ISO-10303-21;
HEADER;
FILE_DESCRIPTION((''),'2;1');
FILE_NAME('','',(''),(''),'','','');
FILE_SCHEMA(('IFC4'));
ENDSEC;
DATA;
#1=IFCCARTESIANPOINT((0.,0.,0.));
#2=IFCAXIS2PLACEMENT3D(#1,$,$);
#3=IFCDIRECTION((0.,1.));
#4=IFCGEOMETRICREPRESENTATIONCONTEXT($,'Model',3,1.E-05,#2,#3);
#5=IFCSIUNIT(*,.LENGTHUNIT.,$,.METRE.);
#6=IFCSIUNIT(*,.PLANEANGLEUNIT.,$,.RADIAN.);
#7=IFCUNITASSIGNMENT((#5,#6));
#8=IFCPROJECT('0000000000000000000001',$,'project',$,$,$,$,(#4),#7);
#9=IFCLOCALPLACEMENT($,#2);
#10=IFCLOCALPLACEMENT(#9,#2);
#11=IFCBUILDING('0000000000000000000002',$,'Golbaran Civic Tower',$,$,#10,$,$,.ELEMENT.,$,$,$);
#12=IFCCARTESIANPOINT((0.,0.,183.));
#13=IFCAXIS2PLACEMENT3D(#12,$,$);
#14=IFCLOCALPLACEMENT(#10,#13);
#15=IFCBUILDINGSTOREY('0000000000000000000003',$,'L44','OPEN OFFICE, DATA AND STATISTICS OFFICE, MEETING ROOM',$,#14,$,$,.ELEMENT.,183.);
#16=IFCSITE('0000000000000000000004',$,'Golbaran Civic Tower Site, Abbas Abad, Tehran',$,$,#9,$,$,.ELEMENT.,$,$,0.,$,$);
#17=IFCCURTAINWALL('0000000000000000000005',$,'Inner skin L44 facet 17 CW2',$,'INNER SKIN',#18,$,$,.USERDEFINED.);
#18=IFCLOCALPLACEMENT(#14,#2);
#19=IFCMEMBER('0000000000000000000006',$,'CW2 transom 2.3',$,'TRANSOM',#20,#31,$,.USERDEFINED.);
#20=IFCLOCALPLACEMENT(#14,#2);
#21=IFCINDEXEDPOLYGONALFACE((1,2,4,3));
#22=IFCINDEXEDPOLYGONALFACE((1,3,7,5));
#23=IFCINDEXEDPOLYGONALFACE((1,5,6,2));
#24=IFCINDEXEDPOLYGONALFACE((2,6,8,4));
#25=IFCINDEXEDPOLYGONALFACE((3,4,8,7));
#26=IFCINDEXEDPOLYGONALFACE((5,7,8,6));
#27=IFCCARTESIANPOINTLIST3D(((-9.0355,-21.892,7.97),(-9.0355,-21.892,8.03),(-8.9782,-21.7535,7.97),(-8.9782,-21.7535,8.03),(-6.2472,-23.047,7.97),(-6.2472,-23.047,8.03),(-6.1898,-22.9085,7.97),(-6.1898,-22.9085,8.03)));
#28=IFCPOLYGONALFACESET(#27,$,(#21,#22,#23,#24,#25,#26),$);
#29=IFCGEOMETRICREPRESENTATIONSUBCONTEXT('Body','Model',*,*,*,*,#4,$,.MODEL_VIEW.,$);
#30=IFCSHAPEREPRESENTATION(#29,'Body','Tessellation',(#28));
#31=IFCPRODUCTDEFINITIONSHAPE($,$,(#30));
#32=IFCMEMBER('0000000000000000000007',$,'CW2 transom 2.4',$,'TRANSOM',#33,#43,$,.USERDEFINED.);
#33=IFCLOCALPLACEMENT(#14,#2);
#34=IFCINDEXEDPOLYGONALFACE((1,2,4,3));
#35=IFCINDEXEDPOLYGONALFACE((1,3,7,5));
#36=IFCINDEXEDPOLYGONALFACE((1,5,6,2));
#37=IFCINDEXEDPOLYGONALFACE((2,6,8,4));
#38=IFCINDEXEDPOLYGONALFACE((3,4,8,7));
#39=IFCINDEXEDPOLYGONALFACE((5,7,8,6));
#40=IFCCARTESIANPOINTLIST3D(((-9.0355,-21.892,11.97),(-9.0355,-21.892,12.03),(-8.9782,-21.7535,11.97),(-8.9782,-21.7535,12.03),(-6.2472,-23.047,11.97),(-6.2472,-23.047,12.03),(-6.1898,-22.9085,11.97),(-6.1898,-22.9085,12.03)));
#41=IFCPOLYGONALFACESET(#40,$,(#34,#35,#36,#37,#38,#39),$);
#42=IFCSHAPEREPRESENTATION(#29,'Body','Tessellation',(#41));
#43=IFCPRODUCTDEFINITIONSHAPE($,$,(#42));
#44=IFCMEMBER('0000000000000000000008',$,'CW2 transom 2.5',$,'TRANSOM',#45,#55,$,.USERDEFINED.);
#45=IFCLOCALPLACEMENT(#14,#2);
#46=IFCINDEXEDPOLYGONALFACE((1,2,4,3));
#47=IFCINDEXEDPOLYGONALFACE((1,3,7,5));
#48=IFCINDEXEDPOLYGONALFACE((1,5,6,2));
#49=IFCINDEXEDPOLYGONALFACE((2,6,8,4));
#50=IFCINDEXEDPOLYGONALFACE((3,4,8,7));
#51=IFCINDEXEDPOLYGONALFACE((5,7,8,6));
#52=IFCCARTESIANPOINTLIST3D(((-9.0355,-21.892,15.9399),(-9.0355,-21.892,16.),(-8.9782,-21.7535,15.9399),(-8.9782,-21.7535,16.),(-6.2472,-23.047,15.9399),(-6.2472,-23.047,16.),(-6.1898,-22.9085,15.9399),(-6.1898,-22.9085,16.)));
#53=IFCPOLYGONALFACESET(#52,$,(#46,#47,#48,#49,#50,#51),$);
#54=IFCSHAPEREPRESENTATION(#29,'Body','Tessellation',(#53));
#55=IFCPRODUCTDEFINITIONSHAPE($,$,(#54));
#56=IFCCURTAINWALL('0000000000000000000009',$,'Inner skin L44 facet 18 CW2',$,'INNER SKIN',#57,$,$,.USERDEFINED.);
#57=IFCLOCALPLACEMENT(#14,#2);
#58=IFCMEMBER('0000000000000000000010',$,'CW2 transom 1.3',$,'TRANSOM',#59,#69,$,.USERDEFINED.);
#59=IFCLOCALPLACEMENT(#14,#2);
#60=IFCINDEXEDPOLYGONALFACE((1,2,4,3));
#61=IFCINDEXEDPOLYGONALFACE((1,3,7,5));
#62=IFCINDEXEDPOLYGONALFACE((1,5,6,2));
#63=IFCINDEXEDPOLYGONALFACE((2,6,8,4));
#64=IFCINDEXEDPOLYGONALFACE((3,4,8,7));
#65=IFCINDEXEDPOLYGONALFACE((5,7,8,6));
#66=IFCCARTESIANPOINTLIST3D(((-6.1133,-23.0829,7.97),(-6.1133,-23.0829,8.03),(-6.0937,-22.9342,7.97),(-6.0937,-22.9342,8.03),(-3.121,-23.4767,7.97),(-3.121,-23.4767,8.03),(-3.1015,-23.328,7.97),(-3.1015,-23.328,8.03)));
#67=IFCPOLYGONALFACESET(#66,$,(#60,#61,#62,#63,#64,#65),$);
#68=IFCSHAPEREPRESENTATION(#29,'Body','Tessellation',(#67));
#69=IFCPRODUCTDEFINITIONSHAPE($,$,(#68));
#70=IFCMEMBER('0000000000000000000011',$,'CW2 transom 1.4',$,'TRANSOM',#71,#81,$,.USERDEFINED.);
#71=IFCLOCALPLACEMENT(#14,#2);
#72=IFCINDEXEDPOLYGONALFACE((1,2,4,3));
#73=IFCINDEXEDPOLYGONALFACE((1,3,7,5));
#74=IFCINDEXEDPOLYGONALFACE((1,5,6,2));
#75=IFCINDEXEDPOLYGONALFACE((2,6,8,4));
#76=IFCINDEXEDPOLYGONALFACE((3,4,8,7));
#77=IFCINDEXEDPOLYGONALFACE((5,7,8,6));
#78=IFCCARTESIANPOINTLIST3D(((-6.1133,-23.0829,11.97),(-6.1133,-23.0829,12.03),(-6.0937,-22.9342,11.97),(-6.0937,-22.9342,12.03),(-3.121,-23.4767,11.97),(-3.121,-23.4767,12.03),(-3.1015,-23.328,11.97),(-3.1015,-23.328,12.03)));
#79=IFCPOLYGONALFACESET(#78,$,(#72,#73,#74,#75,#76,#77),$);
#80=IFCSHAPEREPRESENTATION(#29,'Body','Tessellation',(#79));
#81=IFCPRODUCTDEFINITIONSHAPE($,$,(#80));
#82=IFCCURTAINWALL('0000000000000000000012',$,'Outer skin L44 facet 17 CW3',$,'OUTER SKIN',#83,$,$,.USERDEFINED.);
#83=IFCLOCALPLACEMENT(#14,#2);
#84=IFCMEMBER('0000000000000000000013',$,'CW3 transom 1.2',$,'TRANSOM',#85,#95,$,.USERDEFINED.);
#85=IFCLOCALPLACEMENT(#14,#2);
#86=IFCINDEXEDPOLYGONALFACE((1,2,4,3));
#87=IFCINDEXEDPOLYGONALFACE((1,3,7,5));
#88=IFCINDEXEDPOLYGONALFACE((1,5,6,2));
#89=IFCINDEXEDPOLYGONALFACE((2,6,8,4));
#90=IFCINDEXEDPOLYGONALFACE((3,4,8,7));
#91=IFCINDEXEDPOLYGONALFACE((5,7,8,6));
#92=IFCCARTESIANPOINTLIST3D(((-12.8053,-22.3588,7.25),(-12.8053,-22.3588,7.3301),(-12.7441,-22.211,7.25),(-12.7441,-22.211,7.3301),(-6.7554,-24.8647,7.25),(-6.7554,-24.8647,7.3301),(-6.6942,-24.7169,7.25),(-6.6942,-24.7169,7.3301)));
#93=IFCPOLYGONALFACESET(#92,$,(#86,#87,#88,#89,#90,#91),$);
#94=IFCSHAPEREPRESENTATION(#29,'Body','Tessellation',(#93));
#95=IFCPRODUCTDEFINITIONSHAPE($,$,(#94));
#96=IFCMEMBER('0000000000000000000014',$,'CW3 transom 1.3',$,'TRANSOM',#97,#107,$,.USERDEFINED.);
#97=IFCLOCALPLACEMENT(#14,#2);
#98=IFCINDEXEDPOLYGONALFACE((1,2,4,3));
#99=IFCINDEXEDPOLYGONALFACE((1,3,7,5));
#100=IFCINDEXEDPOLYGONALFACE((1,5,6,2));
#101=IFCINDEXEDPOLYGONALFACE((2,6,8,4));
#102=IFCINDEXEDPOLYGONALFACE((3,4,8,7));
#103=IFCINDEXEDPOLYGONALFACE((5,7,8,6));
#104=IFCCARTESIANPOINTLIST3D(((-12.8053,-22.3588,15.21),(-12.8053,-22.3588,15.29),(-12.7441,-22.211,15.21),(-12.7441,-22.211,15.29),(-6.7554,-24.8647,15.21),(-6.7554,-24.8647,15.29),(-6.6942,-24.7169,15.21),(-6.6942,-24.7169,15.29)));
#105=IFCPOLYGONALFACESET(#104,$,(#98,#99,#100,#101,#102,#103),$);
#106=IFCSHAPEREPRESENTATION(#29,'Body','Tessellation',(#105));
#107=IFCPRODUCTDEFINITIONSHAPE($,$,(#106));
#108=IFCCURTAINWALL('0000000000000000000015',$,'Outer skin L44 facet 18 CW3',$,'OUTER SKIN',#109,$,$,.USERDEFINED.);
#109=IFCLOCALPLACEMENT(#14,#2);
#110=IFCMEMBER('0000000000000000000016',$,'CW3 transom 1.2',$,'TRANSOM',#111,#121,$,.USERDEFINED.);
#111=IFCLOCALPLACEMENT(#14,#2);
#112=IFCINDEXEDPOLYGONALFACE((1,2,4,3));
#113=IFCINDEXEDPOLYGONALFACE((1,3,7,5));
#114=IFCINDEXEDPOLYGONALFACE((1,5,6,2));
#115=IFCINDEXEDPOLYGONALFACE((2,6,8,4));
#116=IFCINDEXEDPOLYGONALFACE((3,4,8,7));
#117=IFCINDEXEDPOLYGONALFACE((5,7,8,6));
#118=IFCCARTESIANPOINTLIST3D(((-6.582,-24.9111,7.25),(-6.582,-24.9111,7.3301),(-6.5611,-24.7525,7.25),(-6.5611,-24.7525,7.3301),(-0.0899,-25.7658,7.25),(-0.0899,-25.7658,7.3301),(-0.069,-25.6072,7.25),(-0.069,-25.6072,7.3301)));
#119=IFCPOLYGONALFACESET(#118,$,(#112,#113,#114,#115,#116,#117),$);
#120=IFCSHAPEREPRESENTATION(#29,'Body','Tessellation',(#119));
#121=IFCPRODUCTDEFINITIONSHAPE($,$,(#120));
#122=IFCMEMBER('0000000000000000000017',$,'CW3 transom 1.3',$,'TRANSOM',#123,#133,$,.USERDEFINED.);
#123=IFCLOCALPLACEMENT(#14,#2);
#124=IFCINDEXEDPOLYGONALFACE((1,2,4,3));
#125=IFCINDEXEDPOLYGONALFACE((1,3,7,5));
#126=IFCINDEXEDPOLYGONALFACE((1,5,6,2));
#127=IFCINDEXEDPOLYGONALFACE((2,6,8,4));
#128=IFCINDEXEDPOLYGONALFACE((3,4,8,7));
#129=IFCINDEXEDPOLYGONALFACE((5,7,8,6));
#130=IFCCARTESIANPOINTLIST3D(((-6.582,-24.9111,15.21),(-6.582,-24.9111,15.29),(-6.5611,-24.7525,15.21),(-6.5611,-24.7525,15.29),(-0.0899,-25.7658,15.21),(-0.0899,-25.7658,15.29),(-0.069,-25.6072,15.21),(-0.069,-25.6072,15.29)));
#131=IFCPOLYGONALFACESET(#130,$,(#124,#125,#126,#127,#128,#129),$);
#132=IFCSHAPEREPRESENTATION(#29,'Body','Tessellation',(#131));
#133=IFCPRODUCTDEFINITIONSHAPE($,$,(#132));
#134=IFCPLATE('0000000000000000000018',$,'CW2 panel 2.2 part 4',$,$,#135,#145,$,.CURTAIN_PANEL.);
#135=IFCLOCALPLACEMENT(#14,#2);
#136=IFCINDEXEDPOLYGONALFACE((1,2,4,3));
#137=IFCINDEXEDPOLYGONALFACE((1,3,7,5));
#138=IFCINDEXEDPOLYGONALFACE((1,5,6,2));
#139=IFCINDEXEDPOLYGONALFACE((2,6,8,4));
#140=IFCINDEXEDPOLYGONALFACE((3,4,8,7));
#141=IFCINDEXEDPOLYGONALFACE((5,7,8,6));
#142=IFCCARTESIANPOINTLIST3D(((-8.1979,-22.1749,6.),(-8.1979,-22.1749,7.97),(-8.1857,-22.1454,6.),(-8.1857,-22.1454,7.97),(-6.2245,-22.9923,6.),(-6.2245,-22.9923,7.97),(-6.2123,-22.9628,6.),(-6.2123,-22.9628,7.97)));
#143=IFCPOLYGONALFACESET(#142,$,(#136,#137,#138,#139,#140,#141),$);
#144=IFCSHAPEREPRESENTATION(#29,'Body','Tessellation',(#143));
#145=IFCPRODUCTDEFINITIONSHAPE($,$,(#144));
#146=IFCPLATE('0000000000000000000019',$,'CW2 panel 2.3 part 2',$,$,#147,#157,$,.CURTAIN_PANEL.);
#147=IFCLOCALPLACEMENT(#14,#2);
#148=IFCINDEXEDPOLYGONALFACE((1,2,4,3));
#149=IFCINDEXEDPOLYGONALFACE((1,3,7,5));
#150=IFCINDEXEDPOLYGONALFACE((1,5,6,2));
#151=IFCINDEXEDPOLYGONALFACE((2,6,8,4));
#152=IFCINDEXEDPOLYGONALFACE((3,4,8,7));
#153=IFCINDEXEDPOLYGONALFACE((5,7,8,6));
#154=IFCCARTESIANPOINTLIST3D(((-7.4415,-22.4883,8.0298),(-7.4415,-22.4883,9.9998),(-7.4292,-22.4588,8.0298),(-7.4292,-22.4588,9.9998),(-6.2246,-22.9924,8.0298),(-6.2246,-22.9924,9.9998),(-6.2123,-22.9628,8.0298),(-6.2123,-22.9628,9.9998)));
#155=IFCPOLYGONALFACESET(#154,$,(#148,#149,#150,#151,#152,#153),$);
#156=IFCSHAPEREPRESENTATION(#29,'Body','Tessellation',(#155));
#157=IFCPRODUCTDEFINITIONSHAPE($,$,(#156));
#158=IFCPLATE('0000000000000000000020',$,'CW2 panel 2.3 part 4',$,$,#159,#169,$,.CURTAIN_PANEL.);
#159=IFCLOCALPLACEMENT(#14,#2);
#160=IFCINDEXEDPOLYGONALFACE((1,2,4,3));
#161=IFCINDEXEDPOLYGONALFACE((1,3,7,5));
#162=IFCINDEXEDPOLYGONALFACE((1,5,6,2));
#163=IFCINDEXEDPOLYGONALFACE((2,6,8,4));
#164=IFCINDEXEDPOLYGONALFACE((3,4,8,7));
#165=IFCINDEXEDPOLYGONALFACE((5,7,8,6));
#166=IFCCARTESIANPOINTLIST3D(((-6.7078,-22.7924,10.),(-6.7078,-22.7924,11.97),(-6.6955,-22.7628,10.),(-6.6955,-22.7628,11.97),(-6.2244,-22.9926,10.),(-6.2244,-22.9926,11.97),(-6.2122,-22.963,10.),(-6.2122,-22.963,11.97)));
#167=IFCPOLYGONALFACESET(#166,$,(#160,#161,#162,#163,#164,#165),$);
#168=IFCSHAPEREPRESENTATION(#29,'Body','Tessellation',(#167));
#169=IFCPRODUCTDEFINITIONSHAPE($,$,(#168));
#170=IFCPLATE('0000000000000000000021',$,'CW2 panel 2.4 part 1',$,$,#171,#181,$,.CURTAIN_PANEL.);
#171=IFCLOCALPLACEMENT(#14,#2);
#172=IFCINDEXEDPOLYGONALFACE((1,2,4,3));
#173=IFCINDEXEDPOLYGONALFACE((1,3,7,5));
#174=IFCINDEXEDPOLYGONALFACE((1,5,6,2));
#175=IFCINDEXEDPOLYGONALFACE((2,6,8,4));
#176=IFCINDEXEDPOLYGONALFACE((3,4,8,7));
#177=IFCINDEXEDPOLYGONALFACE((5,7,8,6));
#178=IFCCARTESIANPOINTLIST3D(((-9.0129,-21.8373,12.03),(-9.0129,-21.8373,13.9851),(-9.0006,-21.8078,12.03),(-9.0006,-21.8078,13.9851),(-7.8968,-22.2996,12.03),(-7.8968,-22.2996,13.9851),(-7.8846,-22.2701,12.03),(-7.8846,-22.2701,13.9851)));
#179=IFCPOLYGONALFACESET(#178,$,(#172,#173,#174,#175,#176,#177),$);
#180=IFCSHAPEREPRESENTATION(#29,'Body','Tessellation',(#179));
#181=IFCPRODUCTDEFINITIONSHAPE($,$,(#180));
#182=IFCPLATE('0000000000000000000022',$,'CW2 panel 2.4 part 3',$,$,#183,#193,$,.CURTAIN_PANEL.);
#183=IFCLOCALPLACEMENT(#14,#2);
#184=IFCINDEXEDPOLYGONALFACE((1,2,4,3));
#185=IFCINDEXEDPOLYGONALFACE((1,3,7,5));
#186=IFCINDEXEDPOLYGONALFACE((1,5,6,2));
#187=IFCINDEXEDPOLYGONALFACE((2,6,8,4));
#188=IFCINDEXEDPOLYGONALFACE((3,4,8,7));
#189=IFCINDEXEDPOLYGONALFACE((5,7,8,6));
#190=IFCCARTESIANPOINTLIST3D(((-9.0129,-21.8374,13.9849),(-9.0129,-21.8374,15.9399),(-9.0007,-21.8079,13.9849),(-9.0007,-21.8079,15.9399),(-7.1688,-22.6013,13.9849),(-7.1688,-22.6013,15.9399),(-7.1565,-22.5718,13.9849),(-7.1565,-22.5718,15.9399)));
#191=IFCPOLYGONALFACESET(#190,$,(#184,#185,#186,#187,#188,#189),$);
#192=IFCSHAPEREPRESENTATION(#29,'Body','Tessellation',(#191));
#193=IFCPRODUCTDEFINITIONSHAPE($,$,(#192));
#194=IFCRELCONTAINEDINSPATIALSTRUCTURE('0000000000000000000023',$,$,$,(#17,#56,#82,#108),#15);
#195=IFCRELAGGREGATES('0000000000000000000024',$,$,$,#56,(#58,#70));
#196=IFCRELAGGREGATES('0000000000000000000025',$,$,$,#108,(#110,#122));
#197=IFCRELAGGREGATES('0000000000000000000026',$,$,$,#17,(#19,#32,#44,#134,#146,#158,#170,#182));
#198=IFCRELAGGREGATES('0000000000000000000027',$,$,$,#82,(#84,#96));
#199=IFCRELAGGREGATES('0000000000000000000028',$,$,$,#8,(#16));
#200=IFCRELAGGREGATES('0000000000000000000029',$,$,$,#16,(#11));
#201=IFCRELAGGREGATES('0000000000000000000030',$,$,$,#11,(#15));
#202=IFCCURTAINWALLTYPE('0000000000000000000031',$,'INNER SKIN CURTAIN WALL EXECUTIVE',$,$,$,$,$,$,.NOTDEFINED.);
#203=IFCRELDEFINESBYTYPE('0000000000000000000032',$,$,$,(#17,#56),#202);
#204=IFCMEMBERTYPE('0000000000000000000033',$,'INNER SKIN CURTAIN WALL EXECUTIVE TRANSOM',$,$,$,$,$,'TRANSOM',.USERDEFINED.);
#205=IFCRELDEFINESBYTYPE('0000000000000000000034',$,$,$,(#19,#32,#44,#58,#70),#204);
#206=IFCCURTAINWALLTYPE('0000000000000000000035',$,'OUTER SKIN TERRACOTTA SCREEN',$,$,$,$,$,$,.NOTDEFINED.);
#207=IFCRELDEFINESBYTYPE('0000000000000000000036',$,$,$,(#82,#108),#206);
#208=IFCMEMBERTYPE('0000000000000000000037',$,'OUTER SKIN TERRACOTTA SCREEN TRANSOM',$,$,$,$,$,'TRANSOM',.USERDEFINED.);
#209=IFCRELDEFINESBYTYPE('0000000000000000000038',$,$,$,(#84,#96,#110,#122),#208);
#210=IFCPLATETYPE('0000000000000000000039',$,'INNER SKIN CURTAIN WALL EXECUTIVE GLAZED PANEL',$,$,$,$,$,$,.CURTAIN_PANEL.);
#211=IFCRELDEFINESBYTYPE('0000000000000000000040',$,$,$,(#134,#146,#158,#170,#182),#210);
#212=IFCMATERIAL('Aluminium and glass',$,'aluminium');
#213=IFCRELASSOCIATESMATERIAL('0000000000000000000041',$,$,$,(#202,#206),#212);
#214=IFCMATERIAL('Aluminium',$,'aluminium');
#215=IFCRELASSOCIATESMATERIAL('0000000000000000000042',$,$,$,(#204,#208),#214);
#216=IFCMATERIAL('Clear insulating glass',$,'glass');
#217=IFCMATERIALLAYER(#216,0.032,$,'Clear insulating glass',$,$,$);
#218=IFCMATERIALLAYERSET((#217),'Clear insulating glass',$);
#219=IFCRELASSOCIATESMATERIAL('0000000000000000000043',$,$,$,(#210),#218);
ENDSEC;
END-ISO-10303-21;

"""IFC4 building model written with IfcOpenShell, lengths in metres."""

from ifc_helpers import new_model, si_unit, direction, frame, origin, origin_2d, place, context, subcontext, project, spatial, rectangle, extrude, material, layer, layer_set, material_profile, profile_set, type_object, element, aggregate, save


model = new_model("IFC4")

# Units and contexts
model_context = context("Model", 3, precision=1e-05, world=origin(), true_north=direction((0.0, 1.0)))
body_context = subcontext(model_context, "Body", "Model", "MODEL_VIEW")
ifc_project = project(units=[si_unit("LENGTHUNIT", "METRE"), si_unit("PLANEANGLEUNIT", "RADIAN")], contexts=[model_context])

# Site, building, storey
site_placement = place(None, origin())
site = spatial("IfcSite", under=ifc_project, at=site_placement, Name="Golbaran Civic Tower Site, Abbas Abad, Tehran", CompositionType="ELEMENT", RefElevation=0.0)
building_placement = place(site_placement, origin())
building = spatial("IfcBuilding", under=site, at=building_placement, Name="Golbaran Civic Tower", CompositionType="ELEMENT")
storey_placement = place(building_placement, frame((0.0, 0.0, 183.0)))
storey = spatial("IfcBuildingStorey", under=building, at=storey_placement, Name="L44", Description="OPEN OFFICE, DATA AND STATISTICS OFFICE, MEETING ROOM", CompositionType="ELEMENT", Elevation=183.0)

# Curtain walls, members
ifc_material_1 = material(Name="Aluminium and glass", Category="aluminium")
curtain_wall_type_1 = type_object("IfcCurtainWallType", Name="INNER SKIN CURTAIN WALL EXECUTIVE", PredefinedType="NOTDEFINED", material=ifc_material_1)
curtain_wall_1_placement = place(storey_placement, origin())
curtain_wall_1 = element("IfcCurtainWall", 1, at=curtain_wall_1_placement, inside=storey, type_object=curtain_wall_type_1, Name="Inner skin L44 facet 17 CW2", ObjectType="INNER SKIN", PredefinedType="USERDEFINED")
ifc_material_2 = material(Name="Aluminium", Category="aluminium")
ifc_material_profile_1 = material_profile(ifc_material_2, rectangle(XDim=0.1499, YDim=0.0601, at=origin_2d()), Name="INNER SKIN CURTAIN WALL EXECUTIVE TRANSOM")
ifc_profile_set_1 = profile_set([ifc_material_profile_1], Name="Aluminium")
member_type_1 = type_object("IfcMemberType", Name="INNER SKIN CURTAIN WALL EXECUTIVE TRANSOM", ElementType="TRANSOM", PredefinedType="USERDEFINED", material=ifc_profile_set_1)
member_1_placement = place(storey_placement, frame((-9.0068, -21.8228, 8.0), z_axis=(0.923872, -0.382702, 0.0), x_axis=(0.382702, 0.923872, 0.0)))
member_1 = element("IfcMember", 2, at=member_1_placement, type_object=member_type_1, Name="CW2 transom 2.3", ObjectType="TRANSOM", PredefinedType="USERDEFINED", context=body_context, shape_type="SweptSolid", body=[
    extrude(rectangle(XDim=0.1499, YDim=0.0601, at=origin_2d()), origin(), (0.0, 0.0, 1.0), 3.0181),
])
member_2_placement = place(storey_placement, frame((-9.0068, -21.8228, 12.0), z_axis=(0.923872, -0.382702, 0.0), x_axis=(0.382702, 0.923872, 0.0)))
member_2 = element("IfcMember", 3, at=member_2_placement, type_object=member_type_1, Name="CW2 transom 2.4", ObjectType="TRANSOM", PredefinedType="USERDEFINED", context=body_context, shape_type="SweptSolid", body=[
    extrude(rectangle(XDim=0.1499, YDim=0.0601, at=origin_2d()), origin(), (0.0, 0.0, 1.0), 3.0181),
])
member_3_placement = place(storey_placement, frame((-9.0068, -21.8228, 15.97), z_axis=(0.923872, -0.382702, 0.0), x_axis=(0.382702, 0.923872, 0.0)))
member_3 = element("IfcMember", 4, at=member_3_placement, type_object=member_type_1, Name="CW2 transom 2.5", ObjectType="TRANSOM", PredefinedType="USERDEFINED", context=body_context, shape_type="SweptSolid", body=[
    extrude(rectangle(XDim=0.1499, YDim=0.0601, at=origin_2d()), origin(), (0.0, 0.0, 1.0), 3.0181),
])
curtain_wall_2_placement = place(storey_placement, origin())
curtain_wall_2 = element("IfcCurtainWall", 5, at=curtain_wall_2_placement, inside=storey, type_object=curtain_wall_type_1, Name="Inner skin L44 facet 18 CW2", ObjectType="INNER SKIN", PredefinedType="USERDEFINED")
member_4_placement = place(storey_placement, frame((-6.1035, -23.0085, 8.0), z_axis=(0.99145, -0.130484, 0.0), x_axis=(0.130484, 0.99145, 0.0)))
member_4 = element("IfcMember", 6, at=member_4_placement, type_object=member_type_1, Name="CW2 transom 1.3", ObjectType="TRANSOM", PredefinedType="USERDEFINED", context=body_context, shape_type="SweptSolid", body=[
    extrude(rectangle(XDim=0.1499, YDim=0.0601, at=origin_2d()), origin(), (0.0, 0.0, 1.0), 3.0181),
])
member_5_placement = place(storey_placement, frame((-6.1035, -23.0085, 12.0), z_axis=(0.99145, -0.130484, 0.0), x_axis=(0.130484, 0.99145, 0.0)))
member_5 = element("IfcMember", 7, at=member_5_placement, type_object=member_type_1, Name="CW2 transom 1.4", ObjectType="TRANSOM", PredefinedType="USERDEFINED", context=body_context, shape_type="SweptSolid", body=[
    extrude(rectangle(XDim=0.1499, YDim=0.0601, at=origin_2d()), origin(), (0.0, 0.0, 1.0), 3.0181),
])
aggregate(curtain_wall_2, [member_4, member_5])
curtain_wall_type_2 = type_object("IfcCurtainWallType", Name="OUTER SKIN TERRACOTTA SCREEN", PredefinedType="NOTDEFINED", material=ifc_material_1)
curtain_wall_3_placement = place(storey_placement, origin())
curtain_wall_3 = element("IfcCurtainWall", 8, at=curtain_wall_3_placement, inside=storey, type_object=curtain_wall_type_2, Name="Outer skin L44 facet 17 CW3", ObjectType="OUTER SKIN", PredefinedType="USERDEFINED")
ifc_material_profile_2 = material_profile(ifc_material_2, rectangle(XDim=0.1599, YDim=0.0801, at=origin_2d()), Name="OUTER SKIN TERRACOTTA SCREEN TRANSOM")
ifc_profile_set_2 = profile_set([ifc_material_profile_2], Name="Aluminium")
member_type_2 = type_object("IfcMemberType", Name="OUTER SKIN TERRACOTTA SCREEN TRANSOM", ElementType="TRANSOM", PredefinedType="USERDEFINED", material=ifc_profile_set_2)
member_6_placement = place(storey_placement, frame((-12.7747, -22.2849, 7.29), z_axis=(0.923882, -0.382677, 0.0), x_axis=(0.382677, 0.923882, 0.0)))
member_6 = element("IfcMember", 9, at=member_6_placement, type_object=member_type_2, Name="CW3 transom 1.2", ObjectType="TRANSOM", PredefinedType="USERDEFINED", context=body_context, shape_type="SweptSolid", body=[
    extrude(rectangle(XDim=0.1599, YDim=0.0801, at=origin_2d()), origin(), (0.0, 0.0, 1.0), 6.5483),
])
member_7_placement = place(storey_placement, frame((-12.7747, -22.2849, 15.25), z_axis=(0.923882, -0.382677, 0.0), x_axis=(0.382677, 0.923882, 0.0)))
member_7 = element("IfcMember", 10, at=member_7_placement, type_object=member_type_2, Name="CW3 transom 1.3", ObjectType="TRANSOM", PredefinedType="USERDEFINED", context=body_context, shape_type="SweptSolid", body=[
    extrude(rectangle(XDim=0.1599, YDim=0.0801, at=origin_2d()), origin(), (0.0, 0.0, 1.0), 6.5483),
])
curtain_wall_4_placement = place(storey_placement, origin())
curtain_wall_4 = element("IfcCurtainWall", 11, at=curtain_wall_4_placement, inside=storey, type_object=curtain_wall_type_2, Name="Outer skin L44 facet 18 CW3", ObjectType="OUTER SKIN", PredefinedType="USERDEFINED")
member_8_placement = place(storey_placement, frame((-6.5715, -24.8318, 7.29), z_axis=(0.991444, -0.13053, 0.0), x_axis=(0.13053, 0.991444, 0.0)))
member_8 = element("IfcMember", 12, at=member_8_placement, type_object=member_type_2, Name="CW3 transom 1.2", ObjectType="TRANSOM", PredefinedType="USERDEFINED", context=body_context, shape_type="SweptSolid", body=[
    extrude(rectangle(XDim=0.1599, YDim=0.0801, at=origin_2d()), origin(), (0.0, 0.0, 1.0), 6.5481),
])
member_9_placement = place(storey_placement, frame((-6.5715, -24.8318, 15.25), z_axis=(0.991444, -0.13053, 0.0), x_axis=(0.13053, 0.991444, 0.0)))
member_9 = element("IfcMember", 13, at=member_9_placement, type_object=member_type_2, Name="CW3 transom 1.3", ObjectType="TRANSOM", PredefinedType="USERDEFINED", context=body_context, shape_type="SweptSolid", body=[
    extrude(rectangle(XDim=0.1599, YDim=0.0801, at=origin_2d()), origin(), (0.0, 0.0, 1.0), 6.5481),
])
aggregate(curtain_wall_4, [member_8, member_9])

# Plates
ifc_material_3 = material(Name="Clear insulating glass", Category="glass")
ifc_layer_1 = layer(ifc_material_3, 0.032, Name="Clear insulating glass")
ifc_layer_set_1 = layer_set([ifc_layer_1], Name="Clear insulating glass")
plate_type_1 = type_object("IfcPlateType", Name="INNER SKIN CURTAIN WALL EXECUTIVE GLAZED PANEL", PredefinedType="CURTAIN_PANEL", material=ifc_layer_set_1)
plate_1_placement = place(storey_placement, frame((-7.2051, -22.5688, 6.0), z_axis=(0.0, 0.0, 1.0), x_axis=(0.92388, -0.382683, 0.0)))
plate_1 = element("IfcPlate", 14, at=plate_1_placement, type_object=plate_type_1, Name="CW2 panel 2.2 part 4", PredefinedType="CURTAIN_PANEL", context=body_context, shape_type="SweptSolid", body=[
    extrude(rectangle(XDim=2.136, YDim=0.032, at=origin_2d()), origin(), (0.0, 0.0, 1.0), 1.97),
])
plate_2_placement = place(storey_placement, frame((-6.8269, -22.7256, 8.0298), z_axis=(0.0, 0.0, 1.0), x_axis=(0.92388, -0.382683, 0.0)))
plate_2 = element("IfcPlate", 15, at=plate_2_placement, type_object=plate_type_1, Name="CW2 panel 2.3 part 2", PredefinedType="CURTAIN_PANEL", context=body_context, shape_type="SweptSolid", body=[
    extrude(rectangle(XDim=1.3171, YDim=0.032, at=origin_2d()), origin(), (0.0, 0.0, 1.0), 1.97),
])
plate_3_placement = place(storey_placement, frame((-6.46, -22.8777, 10.0), z_axis=(0.0, 0.0, 1.0), x_axis=(0.92388, -0.382683, 0.0)))
plate_3 = element("IfcPlate", 16, at=plate_3_placement, type_object=plate_type_1, Name="CW2 panel 2.3 part 4", PredefinedType="CURTAIN_PANEL", context=body_context, shape_type="SweptSolid", body=[
    extrude(rectangle(XDim=0.5232, YDim=0.032, at=origin_2d()), origin(), (0.0, 0.0, 1.0), 1.97),
])
plate_4_placement = place(storey_placement, frame((-8.4487, -22.0537, 12.03), z_axis=(0.0, 0.0, 1.0), x_axis=(0.92388, -0.382683, 0.0)))
plate_4 = element("IfcPlate", 17, at=plate_4_placement, type_object=plate_type_1, Name="CW2 panel 2.4 part 1", PredefinedType="CURTAIN_PANEL", context=body_context, shape_type="SweptSolid", body=[
    extrude(rectangle(XDim=1.208, YDim=0.032, at=origin_2d()), origin(), (0.0, 0.0, 1.0), 1.9551),
])
plate_5_placement = place(storey_placement, frame((-8.0847, -22.2046, 13.9849), z_axis=(0.0, 0.0, 1.0), x_axis=(0.92388, -0.382683, 0.0)))
plate_5 = element("IfcPlate", 18, at=plate_5_placement, type_object=plate_type_1, Name="CW2 panel 2.4 part 3", PredefinedType="CURTAIN_PANEL", context=body_context, shape_type="SweptSolid", body=[
    extrude(rectangle(XDim=1.9961, YDim=0.032, at=origin_2d()), origin(), (0.0, 0.0, 1.0), 1.9551),
])
aggregate(curtain_wall_1, [member_1, member_2, member_3, plate_1, plate_2, plate_3, plate_4, plate_5])
aggregate(curtain_wall_3, [member_6, member_7])

save(model, "model.ifc")
